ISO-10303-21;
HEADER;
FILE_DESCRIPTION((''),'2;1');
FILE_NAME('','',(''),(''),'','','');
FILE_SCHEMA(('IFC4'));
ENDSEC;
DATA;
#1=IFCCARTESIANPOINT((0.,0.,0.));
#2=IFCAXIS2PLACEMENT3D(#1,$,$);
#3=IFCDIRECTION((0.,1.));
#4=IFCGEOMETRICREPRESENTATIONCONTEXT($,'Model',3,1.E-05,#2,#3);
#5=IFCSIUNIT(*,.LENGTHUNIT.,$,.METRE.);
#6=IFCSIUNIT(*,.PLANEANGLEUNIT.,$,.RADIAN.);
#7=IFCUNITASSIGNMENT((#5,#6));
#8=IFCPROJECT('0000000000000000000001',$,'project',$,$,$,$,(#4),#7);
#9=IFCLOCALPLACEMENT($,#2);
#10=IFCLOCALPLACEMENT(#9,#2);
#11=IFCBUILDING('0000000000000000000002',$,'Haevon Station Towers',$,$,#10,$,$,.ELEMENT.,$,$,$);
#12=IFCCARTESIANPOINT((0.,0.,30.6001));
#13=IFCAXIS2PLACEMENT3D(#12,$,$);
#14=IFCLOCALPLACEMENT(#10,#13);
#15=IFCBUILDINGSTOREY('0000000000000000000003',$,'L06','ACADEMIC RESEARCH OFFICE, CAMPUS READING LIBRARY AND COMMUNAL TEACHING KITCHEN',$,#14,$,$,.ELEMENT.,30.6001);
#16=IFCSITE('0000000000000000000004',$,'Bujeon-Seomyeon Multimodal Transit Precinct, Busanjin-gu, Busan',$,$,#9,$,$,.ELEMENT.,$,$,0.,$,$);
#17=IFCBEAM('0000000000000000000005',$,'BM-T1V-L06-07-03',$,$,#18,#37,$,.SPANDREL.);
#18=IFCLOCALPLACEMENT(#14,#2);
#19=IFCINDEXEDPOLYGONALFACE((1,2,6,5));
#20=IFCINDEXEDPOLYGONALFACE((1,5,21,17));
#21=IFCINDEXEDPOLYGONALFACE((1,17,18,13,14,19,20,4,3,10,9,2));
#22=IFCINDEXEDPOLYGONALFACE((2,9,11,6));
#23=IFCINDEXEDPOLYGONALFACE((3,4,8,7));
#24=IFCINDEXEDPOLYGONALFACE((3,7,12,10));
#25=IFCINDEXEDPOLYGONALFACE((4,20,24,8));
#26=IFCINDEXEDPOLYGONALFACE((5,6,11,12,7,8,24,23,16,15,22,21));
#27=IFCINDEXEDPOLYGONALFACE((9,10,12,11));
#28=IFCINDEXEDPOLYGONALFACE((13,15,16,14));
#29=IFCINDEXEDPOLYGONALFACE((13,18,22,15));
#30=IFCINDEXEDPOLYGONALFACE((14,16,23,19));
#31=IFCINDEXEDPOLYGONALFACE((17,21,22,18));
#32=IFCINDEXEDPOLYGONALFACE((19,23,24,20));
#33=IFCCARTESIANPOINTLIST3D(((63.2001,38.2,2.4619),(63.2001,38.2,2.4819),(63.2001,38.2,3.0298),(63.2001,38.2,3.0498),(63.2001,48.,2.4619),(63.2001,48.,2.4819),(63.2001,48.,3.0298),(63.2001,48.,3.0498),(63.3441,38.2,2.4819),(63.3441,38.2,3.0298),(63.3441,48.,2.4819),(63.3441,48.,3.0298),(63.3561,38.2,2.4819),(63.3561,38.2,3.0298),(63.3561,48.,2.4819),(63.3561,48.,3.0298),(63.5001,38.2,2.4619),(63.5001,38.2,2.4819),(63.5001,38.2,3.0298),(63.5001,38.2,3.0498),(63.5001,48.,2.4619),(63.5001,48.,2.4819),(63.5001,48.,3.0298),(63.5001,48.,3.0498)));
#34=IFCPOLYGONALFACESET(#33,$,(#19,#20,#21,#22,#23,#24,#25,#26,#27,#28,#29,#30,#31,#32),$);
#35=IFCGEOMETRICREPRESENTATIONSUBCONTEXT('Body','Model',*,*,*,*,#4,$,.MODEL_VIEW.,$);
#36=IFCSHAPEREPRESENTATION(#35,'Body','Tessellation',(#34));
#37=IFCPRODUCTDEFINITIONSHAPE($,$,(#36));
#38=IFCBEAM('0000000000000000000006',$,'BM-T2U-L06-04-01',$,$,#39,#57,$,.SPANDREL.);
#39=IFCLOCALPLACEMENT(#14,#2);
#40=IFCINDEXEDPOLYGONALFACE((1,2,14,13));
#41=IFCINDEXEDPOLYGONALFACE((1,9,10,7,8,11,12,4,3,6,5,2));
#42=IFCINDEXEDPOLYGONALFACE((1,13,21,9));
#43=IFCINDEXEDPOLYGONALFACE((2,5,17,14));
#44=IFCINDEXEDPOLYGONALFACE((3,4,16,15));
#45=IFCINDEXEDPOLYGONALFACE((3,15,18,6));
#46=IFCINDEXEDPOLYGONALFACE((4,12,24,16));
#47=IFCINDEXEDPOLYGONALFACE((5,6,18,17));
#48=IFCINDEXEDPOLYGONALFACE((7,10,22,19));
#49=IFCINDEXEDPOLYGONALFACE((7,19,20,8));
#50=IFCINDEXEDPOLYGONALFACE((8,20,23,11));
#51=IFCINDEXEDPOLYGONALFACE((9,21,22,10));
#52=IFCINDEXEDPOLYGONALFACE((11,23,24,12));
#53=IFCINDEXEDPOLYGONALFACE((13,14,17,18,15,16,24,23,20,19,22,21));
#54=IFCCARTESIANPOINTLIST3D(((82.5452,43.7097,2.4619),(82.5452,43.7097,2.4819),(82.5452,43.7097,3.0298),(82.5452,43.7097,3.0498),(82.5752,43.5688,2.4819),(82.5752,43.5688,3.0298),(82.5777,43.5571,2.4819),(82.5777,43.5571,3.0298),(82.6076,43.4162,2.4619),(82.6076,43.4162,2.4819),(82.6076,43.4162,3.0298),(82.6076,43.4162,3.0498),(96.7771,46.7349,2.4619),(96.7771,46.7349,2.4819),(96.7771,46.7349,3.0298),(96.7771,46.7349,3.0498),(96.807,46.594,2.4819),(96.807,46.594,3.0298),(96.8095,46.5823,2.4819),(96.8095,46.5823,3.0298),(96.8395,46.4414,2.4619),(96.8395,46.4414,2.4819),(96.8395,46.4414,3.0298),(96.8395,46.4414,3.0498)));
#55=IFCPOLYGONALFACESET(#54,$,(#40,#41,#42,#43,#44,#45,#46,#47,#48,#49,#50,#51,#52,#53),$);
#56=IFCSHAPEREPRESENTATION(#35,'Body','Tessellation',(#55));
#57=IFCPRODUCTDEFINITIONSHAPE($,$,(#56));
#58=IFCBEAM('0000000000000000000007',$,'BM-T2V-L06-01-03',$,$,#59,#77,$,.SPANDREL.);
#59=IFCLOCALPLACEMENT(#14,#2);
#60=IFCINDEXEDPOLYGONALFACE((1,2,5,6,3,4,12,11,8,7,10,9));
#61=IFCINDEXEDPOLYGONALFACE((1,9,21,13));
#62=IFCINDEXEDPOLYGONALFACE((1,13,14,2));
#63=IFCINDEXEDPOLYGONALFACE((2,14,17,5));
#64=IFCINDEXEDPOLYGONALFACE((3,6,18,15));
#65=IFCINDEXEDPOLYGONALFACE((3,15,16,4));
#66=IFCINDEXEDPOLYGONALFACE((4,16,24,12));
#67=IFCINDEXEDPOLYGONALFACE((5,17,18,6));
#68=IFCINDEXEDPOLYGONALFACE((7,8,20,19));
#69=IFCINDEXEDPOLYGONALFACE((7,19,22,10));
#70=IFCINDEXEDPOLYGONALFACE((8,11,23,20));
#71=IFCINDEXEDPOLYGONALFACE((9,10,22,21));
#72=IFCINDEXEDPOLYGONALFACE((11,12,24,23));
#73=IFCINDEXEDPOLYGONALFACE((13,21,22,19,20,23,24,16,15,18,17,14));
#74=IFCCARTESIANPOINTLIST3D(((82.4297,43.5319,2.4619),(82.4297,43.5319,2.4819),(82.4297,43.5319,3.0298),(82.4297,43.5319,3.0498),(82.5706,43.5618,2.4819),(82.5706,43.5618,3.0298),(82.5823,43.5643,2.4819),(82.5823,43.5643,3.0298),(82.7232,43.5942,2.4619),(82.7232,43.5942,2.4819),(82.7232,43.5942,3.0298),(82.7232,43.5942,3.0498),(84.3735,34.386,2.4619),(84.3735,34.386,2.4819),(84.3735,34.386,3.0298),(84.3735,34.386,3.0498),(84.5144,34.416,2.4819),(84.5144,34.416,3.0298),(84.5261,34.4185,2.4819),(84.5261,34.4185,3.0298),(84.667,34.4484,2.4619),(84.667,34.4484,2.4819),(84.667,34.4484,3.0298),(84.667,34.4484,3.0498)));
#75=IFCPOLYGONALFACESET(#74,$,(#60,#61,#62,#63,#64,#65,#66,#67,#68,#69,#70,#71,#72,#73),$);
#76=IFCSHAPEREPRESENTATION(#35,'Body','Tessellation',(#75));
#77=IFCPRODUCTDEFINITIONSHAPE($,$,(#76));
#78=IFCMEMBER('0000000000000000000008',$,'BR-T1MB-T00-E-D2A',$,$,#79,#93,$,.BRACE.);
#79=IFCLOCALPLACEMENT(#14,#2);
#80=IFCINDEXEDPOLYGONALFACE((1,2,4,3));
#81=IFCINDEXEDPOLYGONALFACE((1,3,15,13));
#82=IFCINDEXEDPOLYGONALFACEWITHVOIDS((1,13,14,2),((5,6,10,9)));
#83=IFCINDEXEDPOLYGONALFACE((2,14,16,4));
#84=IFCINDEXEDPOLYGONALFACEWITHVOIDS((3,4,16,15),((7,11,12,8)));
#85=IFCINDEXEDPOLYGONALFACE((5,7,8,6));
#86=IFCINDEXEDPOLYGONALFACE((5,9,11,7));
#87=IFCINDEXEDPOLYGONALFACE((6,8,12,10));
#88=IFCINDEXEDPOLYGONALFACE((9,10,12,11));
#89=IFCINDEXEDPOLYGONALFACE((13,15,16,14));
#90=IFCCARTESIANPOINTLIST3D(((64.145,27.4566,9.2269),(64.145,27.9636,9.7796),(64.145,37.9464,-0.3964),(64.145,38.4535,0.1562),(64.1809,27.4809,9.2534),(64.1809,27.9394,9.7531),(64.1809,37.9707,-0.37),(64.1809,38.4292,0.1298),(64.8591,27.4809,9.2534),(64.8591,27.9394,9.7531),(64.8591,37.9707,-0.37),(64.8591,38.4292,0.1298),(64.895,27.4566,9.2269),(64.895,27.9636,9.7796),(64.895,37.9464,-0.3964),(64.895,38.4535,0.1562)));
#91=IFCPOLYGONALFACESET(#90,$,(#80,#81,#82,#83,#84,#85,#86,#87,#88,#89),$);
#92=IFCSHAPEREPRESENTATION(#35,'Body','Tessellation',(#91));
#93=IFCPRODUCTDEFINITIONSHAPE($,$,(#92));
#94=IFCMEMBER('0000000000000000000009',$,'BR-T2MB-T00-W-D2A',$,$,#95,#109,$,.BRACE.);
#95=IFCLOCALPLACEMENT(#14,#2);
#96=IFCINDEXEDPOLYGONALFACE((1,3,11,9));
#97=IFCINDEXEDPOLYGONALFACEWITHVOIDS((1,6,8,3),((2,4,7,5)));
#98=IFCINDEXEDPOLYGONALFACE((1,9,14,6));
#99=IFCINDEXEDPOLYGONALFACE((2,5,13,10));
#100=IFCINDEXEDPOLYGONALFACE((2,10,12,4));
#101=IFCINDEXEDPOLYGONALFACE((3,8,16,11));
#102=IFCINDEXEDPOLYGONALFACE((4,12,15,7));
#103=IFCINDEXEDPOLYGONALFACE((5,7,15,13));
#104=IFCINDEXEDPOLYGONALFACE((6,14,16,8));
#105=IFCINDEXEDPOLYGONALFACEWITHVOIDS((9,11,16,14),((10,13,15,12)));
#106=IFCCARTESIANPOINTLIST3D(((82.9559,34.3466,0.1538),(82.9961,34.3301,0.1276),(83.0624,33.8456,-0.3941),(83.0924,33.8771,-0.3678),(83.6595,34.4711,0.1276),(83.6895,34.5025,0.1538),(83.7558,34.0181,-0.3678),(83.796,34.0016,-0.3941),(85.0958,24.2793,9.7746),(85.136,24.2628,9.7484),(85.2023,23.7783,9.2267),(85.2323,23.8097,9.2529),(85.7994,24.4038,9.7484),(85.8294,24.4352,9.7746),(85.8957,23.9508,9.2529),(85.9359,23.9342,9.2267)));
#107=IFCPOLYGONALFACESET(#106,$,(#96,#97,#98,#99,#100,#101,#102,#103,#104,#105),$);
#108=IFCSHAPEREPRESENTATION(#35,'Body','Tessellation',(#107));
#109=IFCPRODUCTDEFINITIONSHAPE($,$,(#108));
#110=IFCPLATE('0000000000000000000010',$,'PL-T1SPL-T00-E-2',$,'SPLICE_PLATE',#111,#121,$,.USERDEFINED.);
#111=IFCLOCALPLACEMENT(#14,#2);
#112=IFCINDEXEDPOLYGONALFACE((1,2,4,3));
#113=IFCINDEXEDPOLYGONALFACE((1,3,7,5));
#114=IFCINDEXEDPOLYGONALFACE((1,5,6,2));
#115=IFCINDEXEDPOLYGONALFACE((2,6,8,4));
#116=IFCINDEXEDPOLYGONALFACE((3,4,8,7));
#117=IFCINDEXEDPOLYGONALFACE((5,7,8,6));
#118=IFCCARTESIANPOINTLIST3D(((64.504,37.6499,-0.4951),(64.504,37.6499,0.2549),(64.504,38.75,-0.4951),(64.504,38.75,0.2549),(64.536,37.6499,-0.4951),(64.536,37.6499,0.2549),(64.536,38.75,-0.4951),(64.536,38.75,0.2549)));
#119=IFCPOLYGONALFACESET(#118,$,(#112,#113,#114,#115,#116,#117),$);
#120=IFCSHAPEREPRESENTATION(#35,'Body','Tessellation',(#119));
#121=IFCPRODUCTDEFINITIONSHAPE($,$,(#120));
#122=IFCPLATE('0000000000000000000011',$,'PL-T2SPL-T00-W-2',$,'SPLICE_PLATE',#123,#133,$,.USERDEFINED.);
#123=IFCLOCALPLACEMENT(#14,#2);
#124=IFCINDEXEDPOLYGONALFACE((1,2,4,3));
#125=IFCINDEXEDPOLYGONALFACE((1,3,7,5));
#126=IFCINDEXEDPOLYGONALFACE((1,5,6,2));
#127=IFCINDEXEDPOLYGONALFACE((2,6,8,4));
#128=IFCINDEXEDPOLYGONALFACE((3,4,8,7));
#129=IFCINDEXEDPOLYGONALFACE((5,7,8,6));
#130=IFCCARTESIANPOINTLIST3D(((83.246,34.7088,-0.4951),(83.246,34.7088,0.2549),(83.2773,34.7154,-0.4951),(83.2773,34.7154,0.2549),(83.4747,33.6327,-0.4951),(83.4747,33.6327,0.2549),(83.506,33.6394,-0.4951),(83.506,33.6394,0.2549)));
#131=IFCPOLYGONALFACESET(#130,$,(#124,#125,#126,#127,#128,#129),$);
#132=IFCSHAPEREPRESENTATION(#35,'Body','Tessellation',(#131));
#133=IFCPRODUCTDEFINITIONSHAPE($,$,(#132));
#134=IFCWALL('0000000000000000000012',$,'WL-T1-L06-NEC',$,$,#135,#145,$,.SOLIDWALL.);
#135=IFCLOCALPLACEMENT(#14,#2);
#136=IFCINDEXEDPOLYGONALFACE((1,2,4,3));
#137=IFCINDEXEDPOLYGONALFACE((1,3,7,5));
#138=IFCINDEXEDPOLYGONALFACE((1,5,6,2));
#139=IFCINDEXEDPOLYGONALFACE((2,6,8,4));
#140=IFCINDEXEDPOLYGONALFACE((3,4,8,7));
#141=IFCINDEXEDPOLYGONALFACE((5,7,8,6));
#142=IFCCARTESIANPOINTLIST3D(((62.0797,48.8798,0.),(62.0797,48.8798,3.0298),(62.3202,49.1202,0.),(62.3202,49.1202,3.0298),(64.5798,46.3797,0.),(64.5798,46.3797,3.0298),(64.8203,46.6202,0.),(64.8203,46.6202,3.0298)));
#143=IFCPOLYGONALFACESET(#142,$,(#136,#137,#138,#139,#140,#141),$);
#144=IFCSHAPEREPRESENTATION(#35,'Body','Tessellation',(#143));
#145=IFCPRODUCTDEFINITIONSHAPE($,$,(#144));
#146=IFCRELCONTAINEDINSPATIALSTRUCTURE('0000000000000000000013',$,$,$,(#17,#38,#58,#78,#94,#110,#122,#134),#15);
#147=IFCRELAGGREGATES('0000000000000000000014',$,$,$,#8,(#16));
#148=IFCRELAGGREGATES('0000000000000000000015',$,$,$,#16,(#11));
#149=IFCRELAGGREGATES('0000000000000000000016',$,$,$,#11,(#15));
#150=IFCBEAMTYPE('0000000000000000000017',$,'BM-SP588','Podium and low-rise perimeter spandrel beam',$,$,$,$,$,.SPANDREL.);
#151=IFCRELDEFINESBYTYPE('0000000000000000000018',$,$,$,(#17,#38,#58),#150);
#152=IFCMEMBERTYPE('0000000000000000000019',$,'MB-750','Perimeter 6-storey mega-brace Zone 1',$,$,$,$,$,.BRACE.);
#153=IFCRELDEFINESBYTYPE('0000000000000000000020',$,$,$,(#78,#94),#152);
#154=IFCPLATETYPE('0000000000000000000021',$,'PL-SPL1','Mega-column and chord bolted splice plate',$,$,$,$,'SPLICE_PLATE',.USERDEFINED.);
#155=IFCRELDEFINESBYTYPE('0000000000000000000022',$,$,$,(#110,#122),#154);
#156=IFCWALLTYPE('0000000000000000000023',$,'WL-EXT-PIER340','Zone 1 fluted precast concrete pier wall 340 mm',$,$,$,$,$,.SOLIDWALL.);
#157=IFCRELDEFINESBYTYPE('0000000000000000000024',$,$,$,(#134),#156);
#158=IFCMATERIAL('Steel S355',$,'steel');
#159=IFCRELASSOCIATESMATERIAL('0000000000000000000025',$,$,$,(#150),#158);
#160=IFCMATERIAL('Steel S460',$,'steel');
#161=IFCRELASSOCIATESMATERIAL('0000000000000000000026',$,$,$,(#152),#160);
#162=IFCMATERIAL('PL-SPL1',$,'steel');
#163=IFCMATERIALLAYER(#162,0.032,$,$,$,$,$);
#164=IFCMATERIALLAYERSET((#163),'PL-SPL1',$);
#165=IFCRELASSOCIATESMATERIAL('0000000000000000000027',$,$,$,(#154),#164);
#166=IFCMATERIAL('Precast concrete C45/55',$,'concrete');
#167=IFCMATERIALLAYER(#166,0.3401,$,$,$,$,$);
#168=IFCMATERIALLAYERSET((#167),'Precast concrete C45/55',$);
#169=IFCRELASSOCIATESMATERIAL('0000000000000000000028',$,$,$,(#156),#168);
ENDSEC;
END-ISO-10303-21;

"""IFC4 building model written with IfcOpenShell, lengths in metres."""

from ifc_helpers import new_model, si_unit, direction, frame, frame_2d, origin, origin_2d, place, context, subcontext, project, spatial, rectangle, hollow_rectangle, i_section, extrude, material, layer, layer_set, material_profile, profile_set, type_object, element, save


model = new_model("IFC4")

# Units and contexts
model_context = context("Model", 3, precision=1e-05, world=origin(), true_north=direction((0.0, 1.0)))
body_context = subcontext(model_context, "Body", "Model", "MODEL_VIEW")
ifc_project = project(units=[si_unit("LENGTHUNIT", "METRE"), si_unit("PLANEANGLEUNIT", "RADIAN")], contexts=[model_context])

# Site, building, storey
site_placement = place(None, origin())
site = spatial("IfcSite", under=ifc_project, at=site_placement, Name="Bujeon-Seomyeon Multimodal Transit Precinct, Busanjin-gu, Busan", CompositionType="ELEMENT", RefElevation=0.0)
building_placement = place(site_placement, origin())
building = spatial("IfcBuilding", under=site, at=building_placement, Name="Haevon Station Towers", CompositionType="ELEMENT")
storey_placement = place(building_placement, frame((0.0, 0.0, 30.6001)))
storey = spatial("IfcBuildingStorey", under=building, at=storey_placement, Name="L06", Description="ACADEMIC RESEARCH OFFICE, CAMPUS READING LIBRARY AND COMMUNAL TEACHING KITCHEN", CompositionType="ELEMENT", Elevation=30.6001)

# Shared definitions
ifc_material_1 = material(Name="Steel S460", Category="steel")

# Beams
ifc_material_2 = material(Name="Steel S355", Category="steel")
ifc_material_profile_1 = material_profile(ifc_material_2, i_section(OverallWidth=0.3, OverallDepth=0.5879, WebThickness=0.012, FlangeThickness=0.02, at=origin_2d()), Name="H-588x300x12x20")
ifc_profile_set_1 = profile_set([ifc_material_profile_1], Name="Steel S355")
beam_type_1 = type_object("IfcBeamType", Name="BM-SP588", Description="Podium and low-rise perimeter spandrel beam", PredefinedType="SPANDREL", material=ifc_profile_set_1)
beam_1_placement = place(storey_placement, frame((63.3501, 38.2, 2.7559), z_axis=(0.0, 1.0, 0.0), x_axis=(-1.0, 0.0, 0.0)))
element("IfcBeam", 1, at=beam_1_placement, inside=storey, type_object=beam_type_1, Name="BM-T1V-L06-07-03", PredefinedType="SPANDREL", context=body_context, shape_type="SweptSolid", body=[
    extrude(i_section(OverallWidth=0.3, OverallDepth=0.5879, WebThickness=0.012, FlangeThickness=0.02, at=origin_2d()), origin(), (0.0, 0.0, 1.0), 9.8),
])
beam_2_placement = place(storey_placement, frame((82.5764, 43.563, 2.7559), z_axis=(0.978147, 0.207915, 0.0), x_axis=(-0.207915, 0.978147, 0.0)))
element("IfcBeam", 2, at=beam_2_placement, inside=storey, type_object=beam_type_1, Name="BM-T2U-L06-04-01", PredefinedType="SPANDREL", context=body_context, shape_type="SweptSolid", body=[
    extrude(i_section(OverallWidth=0.3, OverallDepth=0.5879, WebThickness=0.012, FlangeThickness=0.02, at=origin_2d()), origin(), (0.0, 0.0, 1.0), 14.5498),
])
beam_3_placement = place(storey_placement, frame((84.5203, 34.4172, 2.7559), z_axis=(-0.207897, 0.978151, 0.0), x_axis=(-0.978151, -0.207897, 0.0)))
element("IfcBeam", 3, at=beam_3_placement, inside=storey, type_object=beam_type_1, Name="BM-T2V-L06-01-03", PredefinedType="SPANDREL", context=body_context, shape_type="SweptSolid", body=[
    extrude(i_section(OverallWidth=0.3, OverallDepth=0.5879, WebThickness=0.012, FlangeThickness=0.02, at=origin_2d()), origin(), (0.0, 0.0, 1.0), 9.3501),
])

# Members
ifc_material_profile_2 = material_profile(ifc_material_1, hollow_rectangle(XDim=0.75, YDim=0.75, WallThickness=0.0359, at=origin_2d()), Name="RHS-750x750x36")
ifc_profile_set_2 = profile_set([ifc_material_profile_2], Name="Steel S460")
member_type = type_object("IfcMemberType", Name="MB-750", Description="Perimeter 6-storey mega-brace Zone 1", PredefinedType="BRACE", material=ifc_profile_set_2)
member_1_placement = place(storey_placement, frame((64.52, 38.2, -0.1201), z_axis=(0.0, -0.736885, 0.676018), x_axis=(1.0, 0.0, 0.0)))
element("IfcMember", 4, at=member_1_placement, inside=storey, type_object=member_type, Name="BR-T1MB-T00-E-D2A", PredefinedType="BRACE", context=body_context, shape_type="SweptSolid", body=[
    extrude(hollow_rectangle(XDim=0.75, YDim=0.75, WallThickness=0.0359, at=origin_2d()), origin(), (0.0, 0.0, 1.0), 14.2354),
])
member_2_placement = place(storey_placement, frame((83.376, 34.1741, -0.1201), z_axis=(0.151887, -0.71457, 0.682876), x_axis=(0.978148, 0.207912, 0.0)))
element("IfcMember", 5, at=member_2_placement, inside=storey, type_object=member_type, Name="BR-T2MB-T00-W-D2A", PredefinedType="BRACE", context=body_context, shape_type="SweptSolid", body=[
    extrude(hollow_rectangle(XDim=0.75, YDim=0.75, WallThickness=0.0359, at=origin_2d()), origin(), (0.0, 0.0, 1.0), 14.0886),
])

# Plates
ifc_material_3 = material(Name="PL-SPL1", Category="steel")
ifc_layer_1 = layer(ifc_material_3, 0.032)
ifc_layer_set_1 = layer_set([ifc_layer_1], Name="PL-SPL1")
plate_type = type_object("IfcPlateType", Name="PL-SPL1", Description="Mega-column and chord bolted splice plate", ElementType="SPLICE_PLATE", PredefinedType="USERDEFINED", material=ifc_layer_set_1)
for number, where, z_axis, x_axis, name in (
    (6, (64.52, 38.2, -0.4951), (0.0, 0.0, 1.0), (0.0, 1.0, 0.0), "PL-T1SPL-T00-E-2"),
    (7, (83.376, 34.1741, -0.4951), (0.0, 0.0, 1.0), (-0.207912, 0.978148, 0.0), "PL-T2SPL-T00-W-2"),
):
    element("IfcPlate", number, at=place(storey_placement, frame(where, z_axis=z_axis, x_axis=x_axis)), inside=storey, type_object=plate_type, Name=name, ObjectType="SPLICE_PLATE", PredefinedType="USERDEFINED", context=body_context, shape_type="SweptSolid", body=[
        extrude(rectangle(XDim=1.1001, YDim=0.032, at=origin_2d()), origin(), (0.0, 0.0, 1.0), 0.75),
    ])

# Wall
ifc_material_4 = material(Name="Precast concrete C45/55", Category="concrete")
ifc_layer_2 = layer(ifc_material_4, 0.3401)
ifc_layer_set_2 = layer_set([ifc_layer_2], Name="Precast concrete C45/55")
wall_type_1 = type_object("IfcWallType", Name="WL-EXT-PIER340", Description="Zone 1 fluted precast concrete pier wall 340 mm", PredefinedType="SOLIDWALL", material=ifc_layer_set_2)
wall_1_placement = place(storey_placement, frame((62.2, 49.0, 0.0), z_axis=(0.0, 0.0, 1.0), x_axis=(0.707107, -0.707107, 0.0)))
element("IfcWall", 8, at=wall_1_placement, inside=storey, type_object=wall_type_1, Name="WL-T1-L06-NEC", PredefinedType="SOLIDWALL", context=body_context, shape_type="SweptSolid", body=[
    extrude(rectangle(XDim=3.5356, YDim=0.3401, at=frame_2d((1.7678, 0.0))), origin(), (0.0, 0.0, 1.0), 3.0298),
])

save(model, "model.ifc")
